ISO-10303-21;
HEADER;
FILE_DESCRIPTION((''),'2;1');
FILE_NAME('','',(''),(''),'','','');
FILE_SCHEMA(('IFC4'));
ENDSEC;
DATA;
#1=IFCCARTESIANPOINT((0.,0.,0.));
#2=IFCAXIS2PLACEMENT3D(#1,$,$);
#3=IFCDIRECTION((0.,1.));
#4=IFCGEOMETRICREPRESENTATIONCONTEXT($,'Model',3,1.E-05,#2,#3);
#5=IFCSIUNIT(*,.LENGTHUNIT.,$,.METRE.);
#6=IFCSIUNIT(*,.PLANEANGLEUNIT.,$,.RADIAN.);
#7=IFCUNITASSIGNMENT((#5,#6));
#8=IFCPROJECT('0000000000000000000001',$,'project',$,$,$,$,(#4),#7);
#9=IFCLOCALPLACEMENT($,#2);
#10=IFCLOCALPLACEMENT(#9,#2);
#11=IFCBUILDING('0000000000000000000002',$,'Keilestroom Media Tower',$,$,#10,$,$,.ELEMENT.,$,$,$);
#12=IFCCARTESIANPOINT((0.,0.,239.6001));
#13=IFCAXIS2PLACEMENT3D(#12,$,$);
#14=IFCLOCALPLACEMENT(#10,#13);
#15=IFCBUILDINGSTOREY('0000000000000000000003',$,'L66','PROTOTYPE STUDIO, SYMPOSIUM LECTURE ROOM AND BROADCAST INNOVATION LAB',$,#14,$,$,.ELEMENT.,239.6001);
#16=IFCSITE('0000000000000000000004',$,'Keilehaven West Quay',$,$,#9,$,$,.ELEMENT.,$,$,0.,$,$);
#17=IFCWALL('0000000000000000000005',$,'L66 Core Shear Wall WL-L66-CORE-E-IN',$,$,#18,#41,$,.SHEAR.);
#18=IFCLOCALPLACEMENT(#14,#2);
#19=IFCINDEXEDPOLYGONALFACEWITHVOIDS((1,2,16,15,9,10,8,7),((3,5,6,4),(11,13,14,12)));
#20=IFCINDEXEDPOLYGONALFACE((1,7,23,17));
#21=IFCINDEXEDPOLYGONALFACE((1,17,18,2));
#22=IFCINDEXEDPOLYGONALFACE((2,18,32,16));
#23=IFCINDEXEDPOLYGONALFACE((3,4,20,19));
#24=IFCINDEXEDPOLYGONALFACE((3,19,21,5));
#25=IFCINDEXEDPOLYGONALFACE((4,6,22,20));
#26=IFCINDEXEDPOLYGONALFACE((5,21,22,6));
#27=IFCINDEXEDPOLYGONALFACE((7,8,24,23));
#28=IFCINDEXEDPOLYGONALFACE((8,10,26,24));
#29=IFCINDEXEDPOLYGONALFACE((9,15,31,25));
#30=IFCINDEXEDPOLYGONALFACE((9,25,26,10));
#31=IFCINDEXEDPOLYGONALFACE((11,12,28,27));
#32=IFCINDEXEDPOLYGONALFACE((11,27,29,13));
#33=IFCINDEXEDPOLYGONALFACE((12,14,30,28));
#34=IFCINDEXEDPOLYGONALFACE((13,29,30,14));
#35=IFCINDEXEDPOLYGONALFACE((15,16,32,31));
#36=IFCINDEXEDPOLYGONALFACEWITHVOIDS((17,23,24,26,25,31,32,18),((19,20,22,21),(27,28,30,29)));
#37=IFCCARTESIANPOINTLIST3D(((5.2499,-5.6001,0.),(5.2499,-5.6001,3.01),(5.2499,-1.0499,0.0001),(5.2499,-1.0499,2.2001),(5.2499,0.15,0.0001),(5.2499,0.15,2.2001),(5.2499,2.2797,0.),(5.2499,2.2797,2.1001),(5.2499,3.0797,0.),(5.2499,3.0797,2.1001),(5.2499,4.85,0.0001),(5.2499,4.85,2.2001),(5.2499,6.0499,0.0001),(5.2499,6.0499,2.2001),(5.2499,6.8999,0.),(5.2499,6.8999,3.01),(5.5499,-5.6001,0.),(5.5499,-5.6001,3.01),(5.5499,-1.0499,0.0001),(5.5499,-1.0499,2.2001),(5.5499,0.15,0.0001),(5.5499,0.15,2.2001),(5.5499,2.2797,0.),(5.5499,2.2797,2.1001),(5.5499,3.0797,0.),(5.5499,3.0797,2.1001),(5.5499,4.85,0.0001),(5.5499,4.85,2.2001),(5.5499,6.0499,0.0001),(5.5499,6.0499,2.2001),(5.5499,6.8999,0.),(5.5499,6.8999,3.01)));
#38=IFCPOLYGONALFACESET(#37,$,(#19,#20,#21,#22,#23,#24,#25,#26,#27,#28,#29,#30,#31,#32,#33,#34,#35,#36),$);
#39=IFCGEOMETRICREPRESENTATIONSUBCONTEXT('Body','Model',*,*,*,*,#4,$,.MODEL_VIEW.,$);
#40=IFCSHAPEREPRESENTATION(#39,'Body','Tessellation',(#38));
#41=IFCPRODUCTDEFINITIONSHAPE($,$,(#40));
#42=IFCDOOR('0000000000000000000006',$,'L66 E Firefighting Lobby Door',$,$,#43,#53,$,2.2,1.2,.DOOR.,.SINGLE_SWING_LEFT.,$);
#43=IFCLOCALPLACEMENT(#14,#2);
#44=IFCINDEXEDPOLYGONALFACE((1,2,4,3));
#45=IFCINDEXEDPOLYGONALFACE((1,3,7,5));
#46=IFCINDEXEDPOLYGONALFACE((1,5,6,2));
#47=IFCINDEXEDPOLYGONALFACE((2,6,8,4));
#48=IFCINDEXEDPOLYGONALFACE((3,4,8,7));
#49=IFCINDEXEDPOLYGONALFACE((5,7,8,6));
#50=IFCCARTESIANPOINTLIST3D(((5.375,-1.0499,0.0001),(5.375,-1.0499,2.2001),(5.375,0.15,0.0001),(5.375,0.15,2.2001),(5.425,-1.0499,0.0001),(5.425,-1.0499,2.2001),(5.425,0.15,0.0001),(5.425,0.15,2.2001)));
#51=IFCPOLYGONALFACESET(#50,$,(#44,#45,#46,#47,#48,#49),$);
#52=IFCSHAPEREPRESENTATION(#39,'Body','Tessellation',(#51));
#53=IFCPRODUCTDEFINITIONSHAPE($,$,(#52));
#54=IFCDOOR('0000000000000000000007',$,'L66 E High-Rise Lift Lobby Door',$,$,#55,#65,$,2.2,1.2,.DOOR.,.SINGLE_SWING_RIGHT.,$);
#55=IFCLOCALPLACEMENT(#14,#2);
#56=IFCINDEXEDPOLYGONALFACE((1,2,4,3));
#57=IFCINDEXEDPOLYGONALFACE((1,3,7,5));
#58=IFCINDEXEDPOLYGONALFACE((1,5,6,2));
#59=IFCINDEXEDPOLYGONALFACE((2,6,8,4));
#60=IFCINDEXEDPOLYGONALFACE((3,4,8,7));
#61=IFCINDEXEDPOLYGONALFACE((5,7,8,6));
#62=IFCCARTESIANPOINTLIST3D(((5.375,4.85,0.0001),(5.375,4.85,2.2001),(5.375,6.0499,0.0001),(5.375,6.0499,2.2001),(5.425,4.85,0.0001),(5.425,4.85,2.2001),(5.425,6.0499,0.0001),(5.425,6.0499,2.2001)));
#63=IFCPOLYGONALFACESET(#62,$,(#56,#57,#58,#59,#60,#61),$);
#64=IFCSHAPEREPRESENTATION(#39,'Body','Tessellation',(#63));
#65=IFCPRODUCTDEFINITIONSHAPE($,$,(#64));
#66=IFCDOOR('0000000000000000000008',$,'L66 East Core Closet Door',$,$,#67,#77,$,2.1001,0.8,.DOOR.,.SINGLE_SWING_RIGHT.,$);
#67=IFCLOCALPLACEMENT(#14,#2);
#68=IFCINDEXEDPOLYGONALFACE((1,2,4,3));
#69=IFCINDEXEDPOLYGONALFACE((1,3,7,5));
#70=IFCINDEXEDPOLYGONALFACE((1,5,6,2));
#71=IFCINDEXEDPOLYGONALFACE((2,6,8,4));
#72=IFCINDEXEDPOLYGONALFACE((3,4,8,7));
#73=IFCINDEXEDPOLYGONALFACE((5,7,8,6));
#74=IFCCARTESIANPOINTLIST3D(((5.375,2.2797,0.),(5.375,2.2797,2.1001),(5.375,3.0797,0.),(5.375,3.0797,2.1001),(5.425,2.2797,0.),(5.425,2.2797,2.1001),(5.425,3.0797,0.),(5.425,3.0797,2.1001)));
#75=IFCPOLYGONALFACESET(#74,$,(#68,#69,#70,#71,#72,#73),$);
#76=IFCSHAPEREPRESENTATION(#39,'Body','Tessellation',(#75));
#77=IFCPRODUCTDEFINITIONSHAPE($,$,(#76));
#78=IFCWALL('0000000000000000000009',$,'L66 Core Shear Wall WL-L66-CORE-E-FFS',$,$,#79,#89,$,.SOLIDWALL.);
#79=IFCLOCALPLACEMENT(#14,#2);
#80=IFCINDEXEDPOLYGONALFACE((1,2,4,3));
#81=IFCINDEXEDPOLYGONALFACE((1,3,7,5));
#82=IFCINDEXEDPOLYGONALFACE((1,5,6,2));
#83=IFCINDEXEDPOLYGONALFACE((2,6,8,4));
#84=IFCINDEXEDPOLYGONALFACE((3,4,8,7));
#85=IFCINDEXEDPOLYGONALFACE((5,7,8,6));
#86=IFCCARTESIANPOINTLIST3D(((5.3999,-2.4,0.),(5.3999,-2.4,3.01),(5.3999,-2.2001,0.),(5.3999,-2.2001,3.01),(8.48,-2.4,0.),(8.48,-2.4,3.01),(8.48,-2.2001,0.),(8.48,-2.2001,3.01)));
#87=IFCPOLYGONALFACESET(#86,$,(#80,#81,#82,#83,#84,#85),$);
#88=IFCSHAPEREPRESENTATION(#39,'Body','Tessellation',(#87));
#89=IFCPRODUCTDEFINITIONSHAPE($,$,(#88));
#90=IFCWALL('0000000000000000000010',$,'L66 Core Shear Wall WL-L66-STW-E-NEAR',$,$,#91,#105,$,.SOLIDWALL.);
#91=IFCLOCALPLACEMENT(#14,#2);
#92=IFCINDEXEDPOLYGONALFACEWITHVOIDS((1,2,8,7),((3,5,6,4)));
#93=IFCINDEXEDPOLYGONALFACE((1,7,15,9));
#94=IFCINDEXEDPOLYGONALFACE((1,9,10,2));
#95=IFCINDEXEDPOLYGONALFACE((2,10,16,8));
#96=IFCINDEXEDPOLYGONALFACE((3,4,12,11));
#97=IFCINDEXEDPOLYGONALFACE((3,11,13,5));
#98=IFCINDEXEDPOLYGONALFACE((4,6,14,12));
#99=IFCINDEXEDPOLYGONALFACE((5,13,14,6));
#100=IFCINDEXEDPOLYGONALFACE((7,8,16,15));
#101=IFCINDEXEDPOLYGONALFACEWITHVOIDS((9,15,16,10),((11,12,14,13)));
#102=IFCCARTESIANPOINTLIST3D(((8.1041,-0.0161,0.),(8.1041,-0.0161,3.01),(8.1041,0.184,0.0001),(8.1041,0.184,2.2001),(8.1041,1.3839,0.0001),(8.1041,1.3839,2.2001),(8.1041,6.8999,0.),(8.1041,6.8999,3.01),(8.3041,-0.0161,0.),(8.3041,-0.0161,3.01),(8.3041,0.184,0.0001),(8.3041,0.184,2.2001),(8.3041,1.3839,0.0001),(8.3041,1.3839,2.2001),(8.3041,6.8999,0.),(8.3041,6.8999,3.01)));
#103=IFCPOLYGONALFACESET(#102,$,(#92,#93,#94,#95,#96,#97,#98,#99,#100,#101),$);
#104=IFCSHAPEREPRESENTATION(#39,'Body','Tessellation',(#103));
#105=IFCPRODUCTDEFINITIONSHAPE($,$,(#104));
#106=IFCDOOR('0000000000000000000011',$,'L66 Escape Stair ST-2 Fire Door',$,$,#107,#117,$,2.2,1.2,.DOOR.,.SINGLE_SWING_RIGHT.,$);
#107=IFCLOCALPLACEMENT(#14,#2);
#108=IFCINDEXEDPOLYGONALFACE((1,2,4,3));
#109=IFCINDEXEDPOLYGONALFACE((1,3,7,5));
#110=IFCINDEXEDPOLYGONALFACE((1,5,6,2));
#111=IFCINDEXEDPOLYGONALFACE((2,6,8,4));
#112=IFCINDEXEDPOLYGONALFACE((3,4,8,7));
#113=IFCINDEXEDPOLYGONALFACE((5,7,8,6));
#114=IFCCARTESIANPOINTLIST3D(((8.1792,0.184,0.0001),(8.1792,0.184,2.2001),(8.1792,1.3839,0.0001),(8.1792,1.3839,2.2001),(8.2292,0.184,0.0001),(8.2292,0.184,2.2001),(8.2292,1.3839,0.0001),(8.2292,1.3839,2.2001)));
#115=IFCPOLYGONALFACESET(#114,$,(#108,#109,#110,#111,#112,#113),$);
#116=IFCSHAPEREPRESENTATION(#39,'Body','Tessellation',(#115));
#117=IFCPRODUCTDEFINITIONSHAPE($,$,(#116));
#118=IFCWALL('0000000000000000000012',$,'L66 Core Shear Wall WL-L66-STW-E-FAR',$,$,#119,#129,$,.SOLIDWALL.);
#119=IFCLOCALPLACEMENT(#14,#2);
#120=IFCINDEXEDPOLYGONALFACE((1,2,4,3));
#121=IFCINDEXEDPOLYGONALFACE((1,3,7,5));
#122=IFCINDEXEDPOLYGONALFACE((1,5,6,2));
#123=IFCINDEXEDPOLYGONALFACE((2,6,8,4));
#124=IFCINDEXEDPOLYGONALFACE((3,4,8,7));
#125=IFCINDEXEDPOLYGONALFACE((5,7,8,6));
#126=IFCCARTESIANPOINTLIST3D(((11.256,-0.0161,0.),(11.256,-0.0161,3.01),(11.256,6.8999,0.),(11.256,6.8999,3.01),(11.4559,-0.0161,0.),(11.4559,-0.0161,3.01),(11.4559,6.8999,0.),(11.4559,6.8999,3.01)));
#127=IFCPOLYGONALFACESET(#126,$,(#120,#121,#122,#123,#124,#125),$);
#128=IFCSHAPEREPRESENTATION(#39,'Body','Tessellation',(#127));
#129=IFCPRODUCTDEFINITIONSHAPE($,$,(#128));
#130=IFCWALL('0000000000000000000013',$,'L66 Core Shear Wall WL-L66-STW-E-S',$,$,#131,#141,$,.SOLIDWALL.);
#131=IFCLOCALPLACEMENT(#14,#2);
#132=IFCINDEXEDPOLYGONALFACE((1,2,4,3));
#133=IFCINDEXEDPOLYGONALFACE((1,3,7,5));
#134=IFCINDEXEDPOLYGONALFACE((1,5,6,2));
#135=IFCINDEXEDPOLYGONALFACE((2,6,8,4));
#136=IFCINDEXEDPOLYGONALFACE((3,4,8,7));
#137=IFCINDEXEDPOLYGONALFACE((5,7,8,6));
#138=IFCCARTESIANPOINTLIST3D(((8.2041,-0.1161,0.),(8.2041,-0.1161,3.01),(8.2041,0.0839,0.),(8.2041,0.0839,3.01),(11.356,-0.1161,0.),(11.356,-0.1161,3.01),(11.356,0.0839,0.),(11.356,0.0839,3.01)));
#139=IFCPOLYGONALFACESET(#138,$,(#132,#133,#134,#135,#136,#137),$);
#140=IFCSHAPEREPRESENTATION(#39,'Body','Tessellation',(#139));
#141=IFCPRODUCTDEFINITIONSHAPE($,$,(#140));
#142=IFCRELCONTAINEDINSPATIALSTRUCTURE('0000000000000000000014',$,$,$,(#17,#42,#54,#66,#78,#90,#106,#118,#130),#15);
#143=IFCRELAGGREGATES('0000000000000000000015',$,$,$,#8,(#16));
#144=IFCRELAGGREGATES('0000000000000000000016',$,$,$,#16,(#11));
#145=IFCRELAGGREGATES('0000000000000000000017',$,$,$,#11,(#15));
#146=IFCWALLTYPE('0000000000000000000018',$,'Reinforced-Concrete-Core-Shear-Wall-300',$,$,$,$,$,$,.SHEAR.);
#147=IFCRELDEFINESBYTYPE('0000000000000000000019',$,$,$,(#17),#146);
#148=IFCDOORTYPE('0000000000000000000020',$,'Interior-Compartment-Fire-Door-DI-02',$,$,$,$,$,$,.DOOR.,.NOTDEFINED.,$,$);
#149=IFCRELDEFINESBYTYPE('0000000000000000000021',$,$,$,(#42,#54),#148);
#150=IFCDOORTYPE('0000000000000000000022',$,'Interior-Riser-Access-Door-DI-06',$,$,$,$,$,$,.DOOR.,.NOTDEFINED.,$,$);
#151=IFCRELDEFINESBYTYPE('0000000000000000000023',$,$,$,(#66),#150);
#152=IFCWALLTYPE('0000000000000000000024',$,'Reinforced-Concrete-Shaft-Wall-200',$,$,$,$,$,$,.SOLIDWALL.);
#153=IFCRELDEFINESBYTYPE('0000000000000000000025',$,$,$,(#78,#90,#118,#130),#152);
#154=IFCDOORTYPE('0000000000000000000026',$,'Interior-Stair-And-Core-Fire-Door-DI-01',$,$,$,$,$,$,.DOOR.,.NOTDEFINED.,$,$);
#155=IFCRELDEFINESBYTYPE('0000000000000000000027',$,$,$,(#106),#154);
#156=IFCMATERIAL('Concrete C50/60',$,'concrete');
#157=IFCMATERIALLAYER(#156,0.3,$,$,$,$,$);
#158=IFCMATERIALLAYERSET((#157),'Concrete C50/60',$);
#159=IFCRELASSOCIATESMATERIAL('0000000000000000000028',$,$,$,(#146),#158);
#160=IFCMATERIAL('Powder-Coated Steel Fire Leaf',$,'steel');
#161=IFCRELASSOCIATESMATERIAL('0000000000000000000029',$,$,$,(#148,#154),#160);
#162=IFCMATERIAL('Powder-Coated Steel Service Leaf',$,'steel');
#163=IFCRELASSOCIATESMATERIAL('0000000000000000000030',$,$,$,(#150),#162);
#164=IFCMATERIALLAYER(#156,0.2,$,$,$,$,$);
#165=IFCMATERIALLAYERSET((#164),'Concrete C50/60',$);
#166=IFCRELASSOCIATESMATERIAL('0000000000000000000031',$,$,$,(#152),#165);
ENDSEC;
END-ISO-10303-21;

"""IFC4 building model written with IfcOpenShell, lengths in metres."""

from ifc_helpers import new_model, si_unit, direction, frame, frame_2d, origin, place, context, subcontext, project, spatial, rectangle, extrude, source, transform, mapped, material, layer, layer_set, type_object, element, fill, save


model = new_model("IFC4")

# Units and contexts
model_context = context("Model", 3, precision=1e-05, world=origin(), true_north=direction((0.0, 1.0)))
body_context = subcontext(model_context, "Body", "Model", "MODEL_VIEW")
ifc_project = project(units=[si_unit("LENGTHUNIT", "METRE"), si_unit("PLANEANGLEUNIT", "RADIAN")], contexts=[model_context])

# Site, building, storey
site_placement = place(None, origin())
site = spatial("IfcSite", under=ifc_project, at=site_placement, Name="Keilehaven West Quay", CompositionType="ELEMENT", RefElevation=0.0)
building_placement = place(site_placement, origin())
building = spatial("IfcBuilding", under=site, at=building_placement, Name="Keilestroom Media Tower", CompositionType="ELEMENT")
storey_placement = place(building_placement, frame((0.0, 0.0, 239.6001)))
storey = spatial("IfcBuildingStorey", under=building, at=storey_placement, Name="L66", Description="PROTOTYPE STUDIO, SYMPOSIUM LECTURE ROOM AND BROADCAST INNOVATION LAB", CompositionType="ELEMENT", Elevation=239.6001)

# Shared definitions
ifc_material_1 = material(Name="Concrete C50/60", Category="concrete")

# Shared definitions
ifc_layer_1 = layer(ifc_material_1, 0.3)
ifc_layer_set_1 = layer_set([ifc_layer_1], Name="Concrete C50/60")
wall_type_1 = type_object("IfcWallType", Name="Reinforced-Concrete-Core-Shear-Wall-300", PredefinedType="SHEAR", material=ifc_layer_set_1)

# Wall, openings, doors
wall_1_placement = place(storey_placement, frame((5.3999, -5.6001, 0.0), z_axis=(0.0, 0.0, 1.0), x_axis=(0.0, 1.0, 0.0)))
wall_1 = element("IfcWall", 1, at=wall_1_placement, inside=storey, type_object=wall_type_1, Name="L66 Core Shear Wall WL-L66-CORE-E-IN", PredefinedType="SHEAR", context=body_context, shape_type="SweptSolid", body=[
    extrude(rectangle(XDim=12.5, YDim=0.3, at=frame_2d((6.25, 0.0))), origin(), (0.0, 0.0, 1.0), 3.01),
])
opening_1_placement = place(wall_1_placement, frame((4.55, 0.0, 0.0)))
opening_1 = element("IfcOpeningElement", 2, at=opening_1_placement, cuts=wall_1, PredefinedType="OPENING", context=body_context, shape_type="SweptSolid", body=[
    extrude(rectangle(XDim=1.2, YDim=2.2, at=frame_2d((0.6001, 1.1001))), frame((0.0, 0.1602, 0.0), z_axis=(0.0, -1.0, 0.0), x_axis=(1.0, 0.0, 0.0)), (0.0, 0.0, 1.0), 0.3201),
])
opening_2_placement = place(wall_1_placement, frame((10.45, 0.0, 0.0)))
opening_2 = element("IfcOpeningElement", 3, at=opening_2_placement, cuts=wall_1, PredefinedType="OPENING", context=body_context, shape_type="SweptSolid", body=[
    extrude(rectangle(XDim=1.2, YDim=2.2, at=frame_2d((0.6001, 1.1001))), frame((0.0, 0.1602, 0.0), z_axis=(0.0, -1.0, 0.0), x_axis=(1.0, 0.0, 0.0)), (0.0, 0.0, 1.0), 0.3201),
])
opening_3_placement = place(wall_1_placement, frame((7.8799, 0.0, 0.0)))
opening_3 = element("IfcOpeningElement", 4, at=opening_3_placement, cuts=wall_1, PredefinedType="OPENING", context=body_context, shape_type="SweptSolid", body=[
    extrude(rectangle(XDim=0.8, YDim=2.1001, at=frame_2d((0.3999, 1.05))), frame((0.0, 0.1602, 0.0), z_axis=(0.0, -1.0, 0.0), x_axis=(1.0, 0.0, 0.0)), (0.0, 0.0, 1.0), 0.3201),
])
ifc_material_2 = material(Name="Powder-Coated Steel Fire Leaf", Category="steel")
door_type_1 = type_object("IfcDoorType", Name="Interior-Compartment-Fire-Door-DI-02", OperationType="NOTDEFINED", PredefinedType="DOOR", material=ifc_material_2)
shared_shape_1 = source(origin(), body_context, "Body", "SweptSolid", [
    extrude(rectangle(XDim=1.2, YDim=2.2, at=frame_2d((0.6001, 1.1001))), frame((0.0, 0.0249, 0.0), z_axis=(0.0, -1.0, 0.0), x_axis=(1.0, 0.0, 0.0)), (0.0, 0.0, 1.0), 0.05),
])
door_1_placement = place(opening_1_placement, origin())
door_1 = element("IfcDoor", 5, at=door_1_placement, inside=storey, type_object=door_type_1, Name="L66 E Firefighting Lobby Door", OperationType="SINGLE_SWING_LEFT", OverallHeight=2.2, OverallWidth=1.2, PredefinedType="DOOR", context=body_context, shape_type="MappedRepresentation", body=[
    mapped(shared_shape_1, transform((0.0, 0.0, 0.0), x_axis=(1.0, 0.0, 0.0), y_axis=(0.0, 1.0, 0.0), z_axis=(0.0, 0.0, 1.0), scale=1.0)),
])
fill(opening_1, door_1)
door_2_placement = place(opening_2_placement, origin())
door_2 = element("IfcDoor", 6, at=door_2_placement, inside=storey, type_object=door_type_1, Name="L66 E High-Rise Lift Lobby Door", OperationType="SINGLE_SWING_RIGHT", OverallHeight=2.2, OverallWidth=1.2, PredefinedType="DOOR", context=body_context, shape_type="MappedRepresentation", body=[
    mapped(shared_shape_1, transform((0.0, 0.0, 0.0), x_axis=(1.0, 0.0, 0.0), y_axis=(0.0, 1.0, 0.0), z_axis=(0.0, 0.0, 1.0), scale=1.0)),
])
fill(opening_2, door_2)
ifc_material_3 = material(Name="Powder-Coated Steel Service Leaf", Category="steel")
door_type_2 = type_object("IfcDoorType", Name="Interior-Riser-Access-Door-DI-06", OperationType="NOTDEFINED", PredefinedType="DOOR", material=ifc_material_3)
shared_shape_2 = source(origin(), body_context, "Body", "SweptSolid", [
    extrude(rectangle(XDim=0.8, YDim=2.1001, at=frame_2d((0.3999, 1.05))), frame((0.0, 0.0249, 0.0), z_axis=(0.0, -1.0, 0.0), x_axis=(1.0, 0.0, 0.0)), (0.0, 0.0, 1.0), 0.05),
])
door_3_placement = place(opening_3_placement, origin())
door_3 = element("IfcDoor", 7, at=door_3_placement, inside=storey, type_object=door_type_2, Name="L66 East Core Closet Door", OperationType="SINGLE_SWING_RIGHT", OverallHeight=2.1001, OverallWidth=0.8, PredefinedType="DOOR", context=body_context, shape_type="MappedRepresentation", body=[
    mapped(shared_shape_2, transform((0.0, 0.0, 0.0), x_axis=(1.0, 0.0, 0.0), y_axis=(0.0, 1.0, 0.0), z_axis=(0.0, 0.0, 1.0), scale=1.0)),
])
fill(opening_3, door_3)

# Wall
ifc_layer_2 = layer(ifc_material_1, 0.2)
ifc_layer_set_2 = layer_set([ifc_layer_2], Name="Concrete C50/60")
wall_type_2 = type_object("IfcWallType", Name="Reinforced-Concrete-Shaft-Wall-200", PredefinedType="SOLIDWALL", material=ifc_layer_set_2)
wall_2_placement = place(storey_placement, frame((5.3999, -2.3, 0.0), z_axis=(0.0, 0.0, 1.0), x_axis=(1.0, 0.0, 0.0)))
element("IfcWall", 8, at=wall_2_placement, inside=storey, type_object=wall_type_2, Name="L66 Core Shear Wall WL-L66-CORE-E-FFS", PredefinedType="SOLIDWALL", context=body_context, shape_type="SweptSolid", body=[
    extrude(rectangle(XDim=3.0801, YDim=0.2, at=frame_2d((1.54, 0.0))), origin(), (0.0, 0.0, 1.0), 3.01),
])

# Wall, opening, door
wall_3_placement = place(storey_placement, frame((8.2041, -0.0161, 0.0), z_axis=(0.0, 0.0, 1.0), x_axis=(0.0, 1.0, 0.0)))
wall_3 = element("IfcWall", 9, at=wall_3_placement, inside=storey, type_object=wall_type_2, Name="L66 Core Shear Wall WL-L66-STW-E-NEAR", PredefinedType="SOLIDWALL", context=body_context, shape_type="SweptSolid", body=[
    extrude(rectangle(XDim=6.916, YDim=0.2, at=frame_2d((3.458, 0.0))), origin(), (0.0, 0.0, 1.0), 3.01),
])
opening_4_placement = place(wall_3_placement, frame((0.2, 0.0, 0.0)))
opening_4 = element("IfcOpeningElement", 10, at=opening_4_placement, cuts=wall_3, PredefinedType="OPENING", context=body_context, shape_type="SweptSolid", body=[
    extrude(rectangle(XDim=1.2, YDim=2.2, at=frame_2d((0.6001, 1.1001))), frame((0.0, 0.1099, 0.0), z_axis=(0.0, -1.0, 0.0), x_axis=(1.0, 0.0, 0.0)), (0.0, 0.0, 1.0), 0.22),
])
door_type_3 = type_object("IfcDoorType", Name="Interior-Stair-And-Core-Fire-Door-DI-01", OperationType="NOTDEFINED", PredefinedType="DOOR", material=ifc_material_2)
door_4_placement = place(opening_4_placement, origin())
door_4 = element("IfcDoor", 11, at=door_4_placement, inside=storey, type_object=door_type_3, Name="L66 Escape Stair ST-2 Fire Door", OperationType="SINGLE_SWING_RIGHT", OverallHeight=2.2, OverallWidth=1.2, PredefinedType="DOOR", context=body_context, shape_type="MappedRepresentation", body=[
    mapped(shared_shape_1, transform((0.0, 0.0, 0.0), x_axis=(1.0, 0.0, 0.0), y_axis=(0.0, 1.0, 0.0), z_axis=(0.0, 0.0, 1.0), scale=1.0)),
])
fill(opening_4, door_4)

# Walls
wall_4_placement = place(storey_placement, frame((11.356, -0.0161, 0.0), z_axis=(0.0, 0.0, 1.0), x_axis=(0.0, 1.0, 0.0)))
element("IfcWall", 12, at=wall_4_placement, inside=storey, type_object=wall_type_2, Name="L66 Core Shear Wall WL-L66-STW-E-FAR", PredefinedType="SOLIDWALL", context=body_context, shape_type="SweptSolid", body=[
    extrude(rectangle(XDim=6.916, YDim=0.2, at=frame_2d((3.458, 0.0))), origin(), (0.0, 0.0, 1.0), 3.01),
])
wall_5_placement = place(storey_placement, frame((8.2041, -0.0161, 0.0), z_axis=(0.0, 0.0, 1.0), x_axis=(1.0, 0.0, 0.0)))
element("IfcWall", 13, at=wall_5_placement, inside=storey, type_object=wall_type_2, Name="L66 Core Shear Wall WL-L66-STW-E-S", PredefinedType="SOLIDWALL", context=body_context, shape_type="SweptSolid", body=[
    extrude(rectangle(XDim=3.1519, YDim=0.2, at=frame_2d((1.5759, 0.0))), origin(), (0.0, 0.0, 1.0), 3.01),
])

save(model, "model.ifc")
